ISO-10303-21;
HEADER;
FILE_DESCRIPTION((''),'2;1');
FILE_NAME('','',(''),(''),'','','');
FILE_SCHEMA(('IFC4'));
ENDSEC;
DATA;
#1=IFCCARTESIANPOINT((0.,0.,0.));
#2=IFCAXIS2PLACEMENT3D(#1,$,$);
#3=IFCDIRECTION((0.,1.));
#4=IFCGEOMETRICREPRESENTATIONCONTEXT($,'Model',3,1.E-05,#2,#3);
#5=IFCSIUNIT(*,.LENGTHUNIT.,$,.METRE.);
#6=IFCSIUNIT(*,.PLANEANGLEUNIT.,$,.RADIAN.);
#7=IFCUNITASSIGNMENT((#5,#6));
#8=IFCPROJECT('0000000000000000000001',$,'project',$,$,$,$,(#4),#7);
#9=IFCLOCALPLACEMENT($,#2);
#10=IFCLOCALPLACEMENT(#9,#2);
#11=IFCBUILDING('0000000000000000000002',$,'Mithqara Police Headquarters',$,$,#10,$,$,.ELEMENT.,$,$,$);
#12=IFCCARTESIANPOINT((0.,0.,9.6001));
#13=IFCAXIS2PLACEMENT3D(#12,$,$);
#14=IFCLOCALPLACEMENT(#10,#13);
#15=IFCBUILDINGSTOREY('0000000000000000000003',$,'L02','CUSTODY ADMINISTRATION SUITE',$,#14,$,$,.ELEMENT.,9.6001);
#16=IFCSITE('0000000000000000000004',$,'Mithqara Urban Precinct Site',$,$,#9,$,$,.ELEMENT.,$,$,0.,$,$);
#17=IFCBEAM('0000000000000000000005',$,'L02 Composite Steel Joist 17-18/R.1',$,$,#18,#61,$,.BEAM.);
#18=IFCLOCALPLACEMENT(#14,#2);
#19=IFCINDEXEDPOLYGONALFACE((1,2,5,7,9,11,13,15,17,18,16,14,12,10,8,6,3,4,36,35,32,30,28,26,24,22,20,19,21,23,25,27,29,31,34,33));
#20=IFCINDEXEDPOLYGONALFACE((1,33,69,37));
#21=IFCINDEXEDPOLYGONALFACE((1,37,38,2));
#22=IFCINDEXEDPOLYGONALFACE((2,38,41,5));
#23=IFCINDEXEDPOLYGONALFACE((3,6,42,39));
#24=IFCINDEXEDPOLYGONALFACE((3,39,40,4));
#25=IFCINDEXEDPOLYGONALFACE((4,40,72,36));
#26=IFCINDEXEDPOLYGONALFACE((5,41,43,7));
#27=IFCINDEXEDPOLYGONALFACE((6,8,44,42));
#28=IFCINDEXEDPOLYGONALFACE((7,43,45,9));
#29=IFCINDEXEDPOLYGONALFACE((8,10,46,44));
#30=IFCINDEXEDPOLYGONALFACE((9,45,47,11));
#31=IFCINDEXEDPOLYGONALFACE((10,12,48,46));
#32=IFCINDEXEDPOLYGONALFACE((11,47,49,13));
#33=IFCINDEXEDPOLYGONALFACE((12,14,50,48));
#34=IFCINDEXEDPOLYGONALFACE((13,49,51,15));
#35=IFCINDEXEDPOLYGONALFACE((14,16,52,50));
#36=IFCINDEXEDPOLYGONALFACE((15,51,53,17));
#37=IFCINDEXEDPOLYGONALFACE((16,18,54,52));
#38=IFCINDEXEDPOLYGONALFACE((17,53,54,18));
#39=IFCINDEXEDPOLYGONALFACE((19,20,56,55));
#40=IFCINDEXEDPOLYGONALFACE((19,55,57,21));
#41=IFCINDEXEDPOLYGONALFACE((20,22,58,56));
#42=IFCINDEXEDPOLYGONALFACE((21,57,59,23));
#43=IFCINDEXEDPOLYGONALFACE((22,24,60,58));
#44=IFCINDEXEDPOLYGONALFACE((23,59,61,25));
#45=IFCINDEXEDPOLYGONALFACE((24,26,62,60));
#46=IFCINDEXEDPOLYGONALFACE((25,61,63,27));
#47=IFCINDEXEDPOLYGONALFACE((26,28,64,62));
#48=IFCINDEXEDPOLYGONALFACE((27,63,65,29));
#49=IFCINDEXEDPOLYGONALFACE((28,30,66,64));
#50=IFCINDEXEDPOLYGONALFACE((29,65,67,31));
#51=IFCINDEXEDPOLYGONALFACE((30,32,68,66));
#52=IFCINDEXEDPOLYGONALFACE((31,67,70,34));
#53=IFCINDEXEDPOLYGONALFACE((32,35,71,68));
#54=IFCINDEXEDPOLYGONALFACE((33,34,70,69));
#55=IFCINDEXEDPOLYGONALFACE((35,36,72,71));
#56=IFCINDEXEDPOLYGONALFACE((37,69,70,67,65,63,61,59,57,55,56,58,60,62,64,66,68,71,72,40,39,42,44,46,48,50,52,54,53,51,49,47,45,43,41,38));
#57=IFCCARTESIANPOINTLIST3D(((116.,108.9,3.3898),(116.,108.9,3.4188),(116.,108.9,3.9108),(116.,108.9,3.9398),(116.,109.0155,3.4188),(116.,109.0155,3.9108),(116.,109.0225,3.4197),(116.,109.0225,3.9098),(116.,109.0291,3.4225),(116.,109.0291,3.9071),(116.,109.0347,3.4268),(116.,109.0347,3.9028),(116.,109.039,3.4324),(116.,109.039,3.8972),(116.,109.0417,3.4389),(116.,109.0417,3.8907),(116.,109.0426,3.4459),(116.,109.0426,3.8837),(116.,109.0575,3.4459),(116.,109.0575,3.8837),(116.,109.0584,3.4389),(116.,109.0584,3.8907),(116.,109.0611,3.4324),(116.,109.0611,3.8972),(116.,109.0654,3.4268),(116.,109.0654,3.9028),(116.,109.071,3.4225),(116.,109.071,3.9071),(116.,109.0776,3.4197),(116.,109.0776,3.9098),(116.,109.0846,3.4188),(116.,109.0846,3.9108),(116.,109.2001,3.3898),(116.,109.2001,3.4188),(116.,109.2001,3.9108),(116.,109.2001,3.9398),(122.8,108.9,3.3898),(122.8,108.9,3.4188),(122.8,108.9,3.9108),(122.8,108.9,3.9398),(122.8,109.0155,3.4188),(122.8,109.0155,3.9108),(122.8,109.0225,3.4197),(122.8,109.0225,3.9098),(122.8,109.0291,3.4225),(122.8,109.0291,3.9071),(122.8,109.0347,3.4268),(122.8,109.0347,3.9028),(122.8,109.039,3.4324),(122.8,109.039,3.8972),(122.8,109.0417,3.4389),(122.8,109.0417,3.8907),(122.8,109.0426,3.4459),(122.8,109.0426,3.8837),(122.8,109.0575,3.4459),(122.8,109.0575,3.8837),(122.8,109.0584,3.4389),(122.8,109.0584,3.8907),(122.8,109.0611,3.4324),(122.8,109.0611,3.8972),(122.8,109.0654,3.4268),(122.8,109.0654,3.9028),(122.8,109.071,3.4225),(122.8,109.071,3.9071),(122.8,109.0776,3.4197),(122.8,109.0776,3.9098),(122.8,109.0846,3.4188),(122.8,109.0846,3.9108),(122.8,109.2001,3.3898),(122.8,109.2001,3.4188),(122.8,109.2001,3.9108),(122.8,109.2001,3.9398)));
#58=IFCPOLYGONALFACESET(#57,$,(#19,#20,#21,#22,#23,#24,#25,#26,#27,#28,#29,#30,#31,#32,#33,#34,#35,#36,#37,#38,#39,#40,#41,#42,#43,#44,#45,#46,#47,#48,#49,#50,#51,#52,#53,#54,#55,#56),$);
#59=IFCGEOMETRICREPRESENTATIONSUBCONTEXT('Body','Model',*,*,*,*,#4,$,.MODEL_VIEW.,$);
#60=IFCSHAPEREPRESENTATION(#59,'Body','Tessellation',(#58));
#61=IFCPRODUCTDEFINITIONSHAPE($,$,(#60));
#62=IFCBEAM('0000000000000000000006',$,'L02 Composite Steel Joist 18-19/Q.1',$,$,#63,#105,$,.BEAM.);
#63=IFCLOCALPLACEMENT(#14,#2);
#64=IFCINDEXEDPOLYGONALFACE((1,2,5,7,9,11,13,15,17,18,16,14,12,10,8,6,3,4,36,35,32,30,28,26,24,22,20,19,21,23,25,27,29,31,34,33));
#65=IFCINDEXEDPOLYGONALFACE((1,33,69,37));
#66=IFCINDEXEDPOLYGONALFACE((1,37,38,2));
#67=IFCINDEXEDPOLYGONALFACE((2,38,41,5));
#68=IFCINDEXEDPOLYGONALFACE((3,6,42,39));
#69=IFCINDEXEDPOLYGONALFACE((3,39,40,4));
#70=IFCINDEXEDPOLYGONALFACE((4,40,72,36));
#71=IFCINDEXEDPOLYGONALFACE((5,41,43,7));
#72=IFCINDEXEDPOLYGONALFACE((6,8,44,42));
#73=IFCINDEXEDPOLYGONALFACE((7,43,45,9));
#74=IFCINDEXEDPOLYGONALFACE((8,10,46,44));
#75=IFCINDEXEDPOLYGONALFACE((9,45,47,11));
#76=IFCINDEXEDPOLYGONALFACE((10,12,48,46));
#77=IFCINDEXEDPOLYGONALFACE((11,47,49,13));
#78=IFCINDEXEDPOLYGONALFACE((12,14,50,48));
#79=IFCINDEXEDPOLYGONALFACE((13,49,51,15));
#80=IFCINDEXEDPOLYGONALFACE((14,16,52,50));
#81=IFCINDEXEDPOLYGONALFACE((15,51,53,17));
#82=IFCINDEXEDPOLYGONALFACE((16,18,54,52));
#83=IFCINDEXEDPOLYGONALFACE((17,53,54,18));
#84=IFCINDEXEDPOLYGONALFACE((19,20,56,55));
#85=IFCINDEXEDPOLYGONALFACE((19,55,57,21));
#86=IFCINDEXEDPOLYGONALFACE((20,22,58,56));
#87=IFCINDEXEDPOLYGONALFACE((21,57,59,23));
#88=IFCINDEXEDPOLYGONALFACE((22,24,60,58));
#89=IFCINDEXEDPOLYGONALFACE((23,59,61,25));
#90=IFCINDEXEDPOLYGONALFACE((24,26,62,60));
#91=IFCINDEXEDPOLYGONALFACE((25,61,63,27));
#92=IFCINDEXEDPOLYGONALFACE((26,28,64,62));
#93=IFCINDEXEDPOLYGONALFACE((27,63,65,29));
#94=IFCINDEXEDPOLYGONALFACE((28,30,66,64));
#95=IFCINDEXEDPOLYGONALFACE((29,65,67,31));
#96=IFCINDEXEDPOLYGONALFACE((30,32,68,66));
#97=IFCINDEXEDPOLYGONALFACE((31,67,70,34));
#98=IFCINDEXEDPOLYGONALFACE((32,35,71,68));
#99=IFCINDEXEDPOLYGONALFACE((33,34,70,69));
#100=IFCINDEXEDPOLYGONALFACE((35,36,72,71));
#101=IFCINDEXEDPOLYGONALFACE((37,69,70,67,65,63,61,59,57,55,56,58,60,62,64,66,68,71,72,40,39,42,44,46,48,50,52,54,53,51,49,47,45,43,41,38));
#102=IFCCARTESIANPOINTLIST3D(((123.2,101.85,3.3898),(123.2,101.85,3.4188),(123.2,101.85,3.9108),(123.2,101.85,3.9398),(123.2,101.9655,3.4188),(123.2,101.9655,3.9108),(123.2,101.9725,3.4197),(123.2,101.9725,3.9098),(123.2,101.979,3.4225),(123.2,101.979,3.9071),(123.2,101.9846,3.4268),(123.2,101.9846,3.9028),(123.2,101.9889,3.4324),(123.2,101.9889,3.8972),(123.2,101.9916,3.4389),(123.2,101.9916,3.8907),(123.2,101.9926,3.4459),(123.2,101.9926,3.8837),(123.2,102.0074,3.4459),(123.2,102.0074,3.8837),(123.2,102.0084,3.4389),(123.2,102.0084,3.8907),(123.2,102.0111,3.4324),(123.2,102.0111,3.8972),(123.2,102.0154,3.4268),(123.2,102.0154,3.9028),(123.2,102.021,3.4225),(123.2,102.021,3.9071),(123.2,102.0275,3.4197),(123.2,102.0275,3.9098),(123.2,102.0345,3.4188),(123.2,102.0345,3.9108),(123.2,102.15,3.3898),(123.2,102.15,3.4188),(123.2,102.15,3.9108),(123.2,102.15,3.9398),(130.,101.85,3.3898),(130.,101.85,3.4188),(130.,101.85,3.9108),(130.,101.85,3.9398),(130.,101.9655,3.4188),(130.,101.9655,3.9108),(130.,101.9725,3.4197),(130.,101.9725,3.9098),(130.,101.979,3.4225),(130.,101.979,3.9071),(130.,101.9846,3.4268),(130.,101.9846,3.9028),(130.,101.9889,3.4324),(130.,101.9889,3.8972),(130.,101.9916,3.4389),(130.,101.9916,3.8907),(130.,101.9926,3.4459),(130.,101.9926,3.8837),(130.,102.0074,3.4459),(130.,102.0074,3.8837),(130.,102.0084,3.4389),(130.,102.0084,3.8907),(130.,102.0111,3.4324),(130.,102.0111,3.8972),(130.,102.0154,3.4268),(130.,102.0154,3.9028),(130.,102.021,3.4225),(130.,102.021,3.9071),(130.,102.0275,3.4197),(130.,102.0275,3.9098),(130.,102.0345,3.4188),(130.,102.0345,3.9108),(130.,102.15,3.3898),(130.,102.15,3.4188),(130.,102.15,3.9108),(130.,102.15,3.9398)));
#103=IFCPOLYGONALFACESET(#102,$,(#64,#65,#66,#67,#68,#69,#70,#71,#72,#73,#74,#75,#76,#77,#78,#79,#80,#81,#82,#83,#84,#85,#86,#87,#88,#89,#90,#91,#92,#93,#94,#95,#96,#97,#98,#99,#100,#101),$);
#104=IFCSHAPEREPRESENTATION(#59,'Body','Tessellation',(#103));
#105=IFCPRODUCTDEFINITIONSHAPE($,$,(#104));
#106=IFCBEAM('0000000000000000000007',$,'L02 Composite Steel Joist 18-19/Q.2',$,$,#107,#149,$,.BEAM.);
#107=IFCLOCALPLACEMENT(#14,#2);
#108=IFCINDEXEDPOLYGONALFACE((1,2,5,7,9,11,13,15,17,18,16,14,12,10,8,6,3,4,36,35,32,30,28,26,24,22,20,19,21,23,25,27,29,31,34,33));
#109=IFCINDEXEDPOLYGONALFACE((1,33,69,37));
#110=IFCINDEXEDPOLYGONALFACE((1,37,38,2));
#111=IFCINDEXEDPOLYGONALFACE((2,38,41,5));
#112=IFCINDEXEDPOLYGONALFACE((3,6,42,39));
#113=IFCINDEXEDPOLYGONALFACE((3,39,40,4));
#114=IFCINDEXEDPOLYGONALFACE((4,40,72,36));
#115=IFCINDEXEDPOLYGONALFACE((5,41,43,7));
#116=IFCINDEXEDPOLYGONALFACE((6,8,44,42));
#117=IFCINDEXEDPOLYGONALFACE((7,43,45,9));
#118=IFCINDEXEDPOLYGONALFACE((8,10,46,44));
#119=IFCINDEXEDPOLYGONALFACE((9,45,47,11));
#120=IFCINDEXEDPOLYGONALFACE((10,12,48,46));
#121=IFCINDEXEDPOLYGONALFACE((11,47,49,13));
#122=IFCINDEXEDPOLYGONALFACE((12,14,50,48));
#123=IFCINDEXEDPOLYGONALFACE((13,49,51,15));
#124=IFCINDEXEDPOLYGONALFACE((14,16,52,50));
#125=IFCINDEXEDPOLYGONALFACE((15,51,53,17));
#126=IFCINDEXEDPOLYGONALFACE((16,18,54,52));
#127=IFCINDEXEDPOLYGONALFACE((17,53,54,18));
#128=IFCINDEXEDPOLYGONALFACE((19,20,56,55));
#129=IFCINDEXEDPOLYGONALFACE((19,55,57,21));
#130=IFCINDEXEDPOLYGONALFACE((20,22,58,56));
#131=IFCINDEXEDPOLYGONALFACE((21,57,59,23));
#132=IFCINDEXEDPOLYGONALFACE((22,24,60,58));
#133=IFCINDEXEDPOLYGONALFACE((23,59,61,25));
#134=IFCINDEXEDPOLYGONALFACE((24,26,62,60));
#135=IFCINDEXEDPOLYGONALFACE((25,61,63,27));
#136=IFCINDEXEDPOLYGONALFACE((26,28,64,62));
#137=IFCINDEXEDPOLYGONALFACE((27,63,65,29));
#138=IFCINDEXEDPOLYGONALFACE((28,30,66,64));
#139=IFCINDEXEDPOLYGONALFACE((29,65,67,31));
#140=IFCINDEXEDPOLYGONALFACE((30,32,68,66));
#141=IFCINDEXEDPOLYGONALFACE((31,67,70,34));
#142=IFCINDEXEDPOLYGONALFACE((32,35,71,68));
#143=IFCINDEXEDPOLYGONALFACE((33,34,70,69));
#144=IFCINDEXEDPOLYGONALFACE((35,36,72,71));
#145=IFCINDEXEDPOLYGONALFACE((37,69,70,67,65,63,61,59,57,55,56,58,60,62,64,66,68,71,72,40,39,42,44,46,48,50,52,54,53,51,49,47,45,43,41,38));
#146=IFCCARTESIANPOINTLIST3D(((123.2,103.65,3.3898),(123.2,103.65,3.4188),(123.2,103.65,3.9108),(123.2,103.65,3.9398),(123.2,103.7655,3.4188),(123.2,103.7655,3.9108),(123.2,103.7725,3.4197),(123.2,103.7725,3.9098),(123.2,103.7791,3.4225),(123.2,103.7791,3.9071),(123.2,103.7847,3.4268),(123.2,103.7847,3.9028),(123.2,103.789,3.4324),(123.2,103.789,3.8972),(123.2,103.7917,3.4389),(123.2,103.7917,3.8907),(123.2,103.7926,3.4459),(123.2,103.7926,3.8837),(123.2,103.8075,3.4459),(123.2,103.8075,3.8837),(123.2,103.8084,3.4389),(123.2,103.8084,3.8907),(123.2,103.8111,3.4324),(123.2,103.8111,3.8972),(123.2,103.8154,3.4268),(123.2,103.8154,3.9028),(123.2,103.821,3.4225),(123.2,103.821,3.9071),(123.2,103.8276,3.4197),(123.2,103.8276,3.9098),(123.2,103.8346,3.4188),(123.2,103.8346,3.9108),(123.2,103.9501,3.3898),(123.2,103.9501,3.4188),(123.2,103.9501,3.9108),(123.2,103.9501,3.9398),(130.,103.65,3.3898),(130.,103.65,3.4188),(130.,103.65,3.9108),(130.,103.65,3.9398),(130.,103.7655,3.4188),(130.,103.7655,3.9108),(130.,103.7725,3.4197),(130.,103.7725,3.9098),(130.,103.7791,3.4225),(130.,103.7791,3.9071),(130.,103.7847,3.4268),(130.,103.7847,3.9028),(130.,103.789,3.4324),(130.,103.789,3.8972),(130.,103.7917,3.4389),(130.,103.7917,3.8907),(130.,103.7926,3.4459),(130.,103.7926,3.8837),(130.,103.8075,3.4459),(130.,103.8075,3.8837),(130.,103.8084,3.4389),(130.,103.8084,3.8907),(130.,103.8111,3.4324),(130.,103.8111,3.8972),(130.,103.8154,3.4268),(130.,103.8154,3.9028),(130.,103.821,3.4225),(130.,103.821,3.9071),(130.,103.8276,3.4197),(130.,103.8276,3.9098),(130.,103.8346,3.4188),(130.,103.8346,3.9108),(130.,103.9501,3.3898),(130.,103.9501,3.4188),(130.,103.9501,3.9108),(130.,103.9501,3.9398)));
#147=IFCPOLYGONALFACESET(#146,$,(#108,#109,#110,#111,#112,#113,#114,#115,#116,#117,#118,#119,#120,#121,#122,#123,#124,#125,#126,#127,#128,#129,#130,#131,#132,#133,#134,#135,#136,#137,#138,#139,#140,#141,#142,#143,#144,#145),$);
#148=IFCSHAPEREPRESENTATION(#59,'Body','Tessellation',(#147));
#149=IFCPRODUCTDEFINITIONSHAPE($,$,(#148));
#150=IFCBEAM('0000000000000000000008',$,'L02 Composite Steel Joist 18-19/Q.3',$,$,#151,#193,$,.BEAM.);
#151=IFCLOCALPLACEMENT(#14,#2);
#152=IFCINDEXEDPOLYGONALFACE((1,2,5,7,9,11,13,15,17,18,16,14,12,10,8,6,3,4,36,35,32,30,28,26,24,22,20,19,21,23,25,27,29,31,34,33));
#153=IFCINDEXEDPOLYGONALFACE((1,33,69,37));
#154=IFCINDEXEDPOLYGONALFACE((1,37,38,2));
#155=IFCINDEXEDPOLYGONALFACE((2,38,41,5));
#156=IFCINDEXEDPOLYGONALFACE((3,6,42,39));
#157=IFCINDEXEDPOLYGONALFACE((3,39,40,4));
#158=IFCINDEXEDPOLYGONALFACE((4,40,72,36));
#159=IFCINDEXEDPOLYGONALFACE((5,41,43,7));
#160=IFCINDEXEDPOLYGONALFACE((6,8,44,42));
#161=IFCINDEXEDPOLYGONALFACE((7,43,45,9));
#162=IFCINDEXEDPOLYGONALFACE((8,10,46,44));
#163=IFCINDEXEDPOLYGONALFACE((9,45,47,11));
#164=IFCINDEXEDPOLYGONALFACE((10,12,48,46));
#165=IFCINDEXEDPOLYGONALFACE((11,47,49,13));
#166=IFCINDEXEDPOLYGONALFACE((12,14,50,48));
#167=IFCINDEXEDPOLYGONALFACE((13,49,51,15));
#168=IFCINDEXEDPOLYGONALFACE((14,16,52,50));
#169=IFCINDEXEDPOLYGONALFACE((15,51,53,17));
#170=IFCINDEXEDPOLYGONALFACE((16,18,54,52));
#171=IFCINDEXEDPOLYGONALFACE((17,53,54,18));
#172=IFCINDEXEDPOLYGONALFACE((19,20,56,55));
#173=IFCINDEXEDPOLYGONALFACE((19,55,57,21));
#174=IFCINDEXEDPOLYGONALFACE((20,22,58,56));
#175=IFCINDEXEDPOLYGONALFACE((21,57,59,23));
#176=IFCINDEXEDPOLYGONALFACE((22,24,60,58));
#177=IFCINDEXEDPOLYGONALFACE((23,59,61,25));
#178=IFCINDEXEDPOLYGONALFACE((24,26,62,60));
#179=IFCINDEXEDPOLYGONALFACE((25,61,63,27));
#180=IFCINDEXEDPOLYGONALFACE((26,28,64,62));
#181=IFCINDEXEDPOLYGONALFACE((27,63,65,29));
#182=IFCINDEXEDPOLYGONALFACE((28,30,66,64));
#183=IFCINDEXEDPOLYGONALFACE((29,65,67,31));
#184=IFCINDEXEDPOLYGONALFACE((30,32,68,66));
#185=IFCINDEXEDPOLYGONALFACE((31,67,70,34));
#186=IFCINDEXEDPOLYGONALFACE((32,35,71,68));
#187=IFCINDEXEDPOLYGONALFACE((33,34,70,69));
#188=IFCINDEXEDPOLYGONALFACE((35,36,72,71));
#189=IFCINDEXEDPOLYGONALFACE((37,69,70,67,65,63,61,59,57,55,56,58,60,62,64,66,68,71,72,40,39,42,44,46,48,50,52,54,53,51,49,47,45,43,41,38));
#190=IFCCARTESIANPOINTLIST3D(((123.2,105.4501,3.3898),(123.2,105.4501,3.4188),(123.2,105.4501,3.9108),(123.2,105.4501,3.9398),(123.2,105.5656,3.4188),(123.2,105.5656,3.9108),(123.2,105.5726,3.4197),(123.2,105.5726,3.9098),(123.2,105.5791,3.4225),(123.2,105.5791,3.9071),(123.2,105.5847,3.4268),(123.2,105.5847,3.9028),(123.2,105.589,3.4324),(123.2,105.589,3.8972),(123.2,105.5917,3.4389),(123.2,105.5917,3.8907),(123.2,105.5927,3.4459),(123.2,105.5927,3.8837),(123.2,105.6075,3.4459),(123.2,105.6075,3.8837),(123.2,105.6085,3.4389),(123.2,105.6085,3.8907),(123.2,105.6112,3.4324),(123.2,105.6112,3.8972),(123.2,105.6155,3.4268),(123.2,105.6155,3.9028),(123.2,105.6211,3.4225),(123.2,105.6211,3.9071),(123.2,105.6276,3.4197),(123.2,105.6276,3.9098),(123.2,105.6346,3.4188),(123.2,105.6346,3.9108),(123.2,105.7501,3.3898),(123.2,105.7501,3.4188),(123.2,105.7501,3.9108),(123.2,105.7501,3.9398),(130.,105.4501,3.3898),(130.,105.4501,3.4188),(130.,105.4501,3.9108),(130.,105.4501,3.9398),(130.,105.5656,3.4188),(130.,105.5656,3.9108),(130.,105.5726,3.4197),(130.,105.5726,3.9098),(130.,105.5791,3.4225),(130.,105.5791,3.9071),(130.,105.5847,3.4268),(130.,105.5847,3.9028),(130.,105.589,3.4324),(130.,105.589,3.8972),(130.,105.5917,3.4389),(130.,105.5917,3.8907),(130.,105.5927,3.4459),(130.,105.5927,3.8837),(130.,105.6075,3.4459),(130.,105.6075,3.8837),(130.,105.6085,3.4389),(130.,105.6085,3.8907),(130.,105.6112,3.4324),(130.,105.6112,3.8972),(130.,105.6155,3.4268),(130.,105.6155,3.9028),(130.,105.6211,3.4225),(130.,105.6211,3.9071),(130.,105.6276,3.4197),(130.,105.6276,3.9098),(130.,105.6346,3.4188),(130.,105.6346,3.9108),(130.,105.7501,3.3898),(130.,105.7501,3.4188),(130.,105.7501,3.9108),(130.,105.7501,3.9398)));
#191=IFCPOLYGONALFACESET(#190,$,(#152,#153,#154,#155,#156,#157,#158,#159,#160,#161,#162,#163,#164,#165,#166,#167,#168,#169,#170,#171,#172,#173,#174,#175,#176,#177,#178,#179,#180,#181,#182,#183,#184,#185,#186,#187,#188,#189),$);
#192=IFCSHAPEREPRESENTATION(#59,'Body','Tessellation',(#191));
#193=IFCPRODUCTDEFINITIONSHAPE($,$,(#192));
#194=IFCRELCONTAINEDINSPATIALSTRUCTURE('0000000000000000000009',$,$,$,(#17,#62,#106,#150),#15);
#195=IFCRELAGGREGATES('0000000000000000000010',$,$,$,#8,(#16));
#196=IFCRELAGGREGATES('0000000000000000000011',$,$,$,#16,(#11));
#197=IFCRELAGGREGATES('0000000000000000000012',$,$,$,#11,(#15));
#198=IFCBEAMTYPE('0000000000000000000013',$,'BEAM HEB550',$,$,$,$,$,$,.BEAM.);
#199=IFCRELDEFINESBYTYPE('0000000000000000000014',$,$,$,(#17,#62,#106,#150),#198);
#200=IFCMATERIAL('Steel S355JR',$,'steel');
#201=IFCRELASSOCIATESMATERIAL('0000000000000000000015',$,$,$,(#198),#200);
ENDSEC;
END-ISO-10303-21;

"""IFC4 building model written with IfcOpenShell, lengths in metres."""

from ifc_helpers import new_model, si_unit, direction, frame, origin, origin_2d, place, context, subcontext, project, spatial, i_section, extrude, material, material_profile, profile_set, type_object, element, save


model = new_model("IFC4")

# Units and contexts
model_context = context("Model", 3, precision=1e-05, world=origin(), true_north=direction((0.0, 1.0)))
body_context = subcontext(model_context, "Body", "Model", "MODEL_VIEW")
ifc_project = project(units=[si_unit("LENGTHUNIT", "METRE"), si_unit("PLANEANGLEUNIT", "RADIAN")], contexts=[model_context])

# Site, building, storey
site_placement = place(None, origin())
site = spatial("IfcSite", under=ifc_project, at=site_placement, Name="Mithqara Urban Precinct Site", CompositionType="ELEMENT", RefElevation=0.0)
building_placement = place(site_placement, origin())
building = spatial("IfcBuilding", under=site, at=building_placement, Name="Mithqara Police Headquarters", CompositionType="ELEMENT")
storey_placement = place(building_placement, frame((0.0, 0.0, 9.6001)))
storey = spatial("IfcBuildingStorey", under=building, at=storey_placement, Name="L02", Description="CUSTODY ADMINISTRATION SUITE", CompositionType="ELEMENT", Elevation=9.6001)

# Beams
ifc_material_1 = material(Name="Steel S355JR", Category="steel")
ifc_material_profile_1 = material_profile(ifc_material_1, i_section(OverallWidth=0.3, OverallDepth=0.55, WebThickness=0.0149, FlangeThickness=0.0291, FilletRadius=0.0271, at=origin_2d()), Name="HEB 550")
ifc_profile_set_1 = profile_set([ifc_material_profile_1], Name="Steel S355JR")
beam_type_1 = type_object("IfcBeamType", Name="BEAM HEB550", PredefinedType="BEAM", material=ifc_profile_set_1)
for number, where, z_axis, x_axis, name in (
    (1, (116.0, 109.05, 3.6648), (1.0, 0.0, 0.0), (0.0, 1.0, 0.0), "L02 Composite Steel Joist 17-18/R.1"),
    (2, (123.2, 102.0, 3.6648), (1.0, 0.0, 0.0), (0.0, 1.0, 0.0), "L02 Composite Steel Joist 18-19/Q.1"),
    (3, (123.2, 103.8, 3.6648), (1.0, 0.0, 0.0), (0.0, 1.0, 0.0), "L02 Composite Steel Joist 18-19/Q.2"),
    (4, (123.2, 105.6001, 3.6648), (1.0, 0.0, 0.0), (0.0, 1.0, 0.0), "L02 Composite Steel Joist 18-19/Q.3"),
):
    element("IfcBeam", number, at=place(storey_placement, frame(where, z_axis=z_axis, x_axis=x_axis)), inside=storey, type_object=beam_type_1, Name=name, PredefinedType="BEAM", context=body_context, shape_type="SweptSolid", body=[
        extrude(i_section(OverallWidth=0.3, OverallDepth=0.55, WebThickness=0.0149, FlangeThickness=0.0291, FilletRadius=0.0271, at=origin_2d()), origin(), (0.0, 0.0, 1.0), 6.8),
    ])

save(model, "model.ifc")
